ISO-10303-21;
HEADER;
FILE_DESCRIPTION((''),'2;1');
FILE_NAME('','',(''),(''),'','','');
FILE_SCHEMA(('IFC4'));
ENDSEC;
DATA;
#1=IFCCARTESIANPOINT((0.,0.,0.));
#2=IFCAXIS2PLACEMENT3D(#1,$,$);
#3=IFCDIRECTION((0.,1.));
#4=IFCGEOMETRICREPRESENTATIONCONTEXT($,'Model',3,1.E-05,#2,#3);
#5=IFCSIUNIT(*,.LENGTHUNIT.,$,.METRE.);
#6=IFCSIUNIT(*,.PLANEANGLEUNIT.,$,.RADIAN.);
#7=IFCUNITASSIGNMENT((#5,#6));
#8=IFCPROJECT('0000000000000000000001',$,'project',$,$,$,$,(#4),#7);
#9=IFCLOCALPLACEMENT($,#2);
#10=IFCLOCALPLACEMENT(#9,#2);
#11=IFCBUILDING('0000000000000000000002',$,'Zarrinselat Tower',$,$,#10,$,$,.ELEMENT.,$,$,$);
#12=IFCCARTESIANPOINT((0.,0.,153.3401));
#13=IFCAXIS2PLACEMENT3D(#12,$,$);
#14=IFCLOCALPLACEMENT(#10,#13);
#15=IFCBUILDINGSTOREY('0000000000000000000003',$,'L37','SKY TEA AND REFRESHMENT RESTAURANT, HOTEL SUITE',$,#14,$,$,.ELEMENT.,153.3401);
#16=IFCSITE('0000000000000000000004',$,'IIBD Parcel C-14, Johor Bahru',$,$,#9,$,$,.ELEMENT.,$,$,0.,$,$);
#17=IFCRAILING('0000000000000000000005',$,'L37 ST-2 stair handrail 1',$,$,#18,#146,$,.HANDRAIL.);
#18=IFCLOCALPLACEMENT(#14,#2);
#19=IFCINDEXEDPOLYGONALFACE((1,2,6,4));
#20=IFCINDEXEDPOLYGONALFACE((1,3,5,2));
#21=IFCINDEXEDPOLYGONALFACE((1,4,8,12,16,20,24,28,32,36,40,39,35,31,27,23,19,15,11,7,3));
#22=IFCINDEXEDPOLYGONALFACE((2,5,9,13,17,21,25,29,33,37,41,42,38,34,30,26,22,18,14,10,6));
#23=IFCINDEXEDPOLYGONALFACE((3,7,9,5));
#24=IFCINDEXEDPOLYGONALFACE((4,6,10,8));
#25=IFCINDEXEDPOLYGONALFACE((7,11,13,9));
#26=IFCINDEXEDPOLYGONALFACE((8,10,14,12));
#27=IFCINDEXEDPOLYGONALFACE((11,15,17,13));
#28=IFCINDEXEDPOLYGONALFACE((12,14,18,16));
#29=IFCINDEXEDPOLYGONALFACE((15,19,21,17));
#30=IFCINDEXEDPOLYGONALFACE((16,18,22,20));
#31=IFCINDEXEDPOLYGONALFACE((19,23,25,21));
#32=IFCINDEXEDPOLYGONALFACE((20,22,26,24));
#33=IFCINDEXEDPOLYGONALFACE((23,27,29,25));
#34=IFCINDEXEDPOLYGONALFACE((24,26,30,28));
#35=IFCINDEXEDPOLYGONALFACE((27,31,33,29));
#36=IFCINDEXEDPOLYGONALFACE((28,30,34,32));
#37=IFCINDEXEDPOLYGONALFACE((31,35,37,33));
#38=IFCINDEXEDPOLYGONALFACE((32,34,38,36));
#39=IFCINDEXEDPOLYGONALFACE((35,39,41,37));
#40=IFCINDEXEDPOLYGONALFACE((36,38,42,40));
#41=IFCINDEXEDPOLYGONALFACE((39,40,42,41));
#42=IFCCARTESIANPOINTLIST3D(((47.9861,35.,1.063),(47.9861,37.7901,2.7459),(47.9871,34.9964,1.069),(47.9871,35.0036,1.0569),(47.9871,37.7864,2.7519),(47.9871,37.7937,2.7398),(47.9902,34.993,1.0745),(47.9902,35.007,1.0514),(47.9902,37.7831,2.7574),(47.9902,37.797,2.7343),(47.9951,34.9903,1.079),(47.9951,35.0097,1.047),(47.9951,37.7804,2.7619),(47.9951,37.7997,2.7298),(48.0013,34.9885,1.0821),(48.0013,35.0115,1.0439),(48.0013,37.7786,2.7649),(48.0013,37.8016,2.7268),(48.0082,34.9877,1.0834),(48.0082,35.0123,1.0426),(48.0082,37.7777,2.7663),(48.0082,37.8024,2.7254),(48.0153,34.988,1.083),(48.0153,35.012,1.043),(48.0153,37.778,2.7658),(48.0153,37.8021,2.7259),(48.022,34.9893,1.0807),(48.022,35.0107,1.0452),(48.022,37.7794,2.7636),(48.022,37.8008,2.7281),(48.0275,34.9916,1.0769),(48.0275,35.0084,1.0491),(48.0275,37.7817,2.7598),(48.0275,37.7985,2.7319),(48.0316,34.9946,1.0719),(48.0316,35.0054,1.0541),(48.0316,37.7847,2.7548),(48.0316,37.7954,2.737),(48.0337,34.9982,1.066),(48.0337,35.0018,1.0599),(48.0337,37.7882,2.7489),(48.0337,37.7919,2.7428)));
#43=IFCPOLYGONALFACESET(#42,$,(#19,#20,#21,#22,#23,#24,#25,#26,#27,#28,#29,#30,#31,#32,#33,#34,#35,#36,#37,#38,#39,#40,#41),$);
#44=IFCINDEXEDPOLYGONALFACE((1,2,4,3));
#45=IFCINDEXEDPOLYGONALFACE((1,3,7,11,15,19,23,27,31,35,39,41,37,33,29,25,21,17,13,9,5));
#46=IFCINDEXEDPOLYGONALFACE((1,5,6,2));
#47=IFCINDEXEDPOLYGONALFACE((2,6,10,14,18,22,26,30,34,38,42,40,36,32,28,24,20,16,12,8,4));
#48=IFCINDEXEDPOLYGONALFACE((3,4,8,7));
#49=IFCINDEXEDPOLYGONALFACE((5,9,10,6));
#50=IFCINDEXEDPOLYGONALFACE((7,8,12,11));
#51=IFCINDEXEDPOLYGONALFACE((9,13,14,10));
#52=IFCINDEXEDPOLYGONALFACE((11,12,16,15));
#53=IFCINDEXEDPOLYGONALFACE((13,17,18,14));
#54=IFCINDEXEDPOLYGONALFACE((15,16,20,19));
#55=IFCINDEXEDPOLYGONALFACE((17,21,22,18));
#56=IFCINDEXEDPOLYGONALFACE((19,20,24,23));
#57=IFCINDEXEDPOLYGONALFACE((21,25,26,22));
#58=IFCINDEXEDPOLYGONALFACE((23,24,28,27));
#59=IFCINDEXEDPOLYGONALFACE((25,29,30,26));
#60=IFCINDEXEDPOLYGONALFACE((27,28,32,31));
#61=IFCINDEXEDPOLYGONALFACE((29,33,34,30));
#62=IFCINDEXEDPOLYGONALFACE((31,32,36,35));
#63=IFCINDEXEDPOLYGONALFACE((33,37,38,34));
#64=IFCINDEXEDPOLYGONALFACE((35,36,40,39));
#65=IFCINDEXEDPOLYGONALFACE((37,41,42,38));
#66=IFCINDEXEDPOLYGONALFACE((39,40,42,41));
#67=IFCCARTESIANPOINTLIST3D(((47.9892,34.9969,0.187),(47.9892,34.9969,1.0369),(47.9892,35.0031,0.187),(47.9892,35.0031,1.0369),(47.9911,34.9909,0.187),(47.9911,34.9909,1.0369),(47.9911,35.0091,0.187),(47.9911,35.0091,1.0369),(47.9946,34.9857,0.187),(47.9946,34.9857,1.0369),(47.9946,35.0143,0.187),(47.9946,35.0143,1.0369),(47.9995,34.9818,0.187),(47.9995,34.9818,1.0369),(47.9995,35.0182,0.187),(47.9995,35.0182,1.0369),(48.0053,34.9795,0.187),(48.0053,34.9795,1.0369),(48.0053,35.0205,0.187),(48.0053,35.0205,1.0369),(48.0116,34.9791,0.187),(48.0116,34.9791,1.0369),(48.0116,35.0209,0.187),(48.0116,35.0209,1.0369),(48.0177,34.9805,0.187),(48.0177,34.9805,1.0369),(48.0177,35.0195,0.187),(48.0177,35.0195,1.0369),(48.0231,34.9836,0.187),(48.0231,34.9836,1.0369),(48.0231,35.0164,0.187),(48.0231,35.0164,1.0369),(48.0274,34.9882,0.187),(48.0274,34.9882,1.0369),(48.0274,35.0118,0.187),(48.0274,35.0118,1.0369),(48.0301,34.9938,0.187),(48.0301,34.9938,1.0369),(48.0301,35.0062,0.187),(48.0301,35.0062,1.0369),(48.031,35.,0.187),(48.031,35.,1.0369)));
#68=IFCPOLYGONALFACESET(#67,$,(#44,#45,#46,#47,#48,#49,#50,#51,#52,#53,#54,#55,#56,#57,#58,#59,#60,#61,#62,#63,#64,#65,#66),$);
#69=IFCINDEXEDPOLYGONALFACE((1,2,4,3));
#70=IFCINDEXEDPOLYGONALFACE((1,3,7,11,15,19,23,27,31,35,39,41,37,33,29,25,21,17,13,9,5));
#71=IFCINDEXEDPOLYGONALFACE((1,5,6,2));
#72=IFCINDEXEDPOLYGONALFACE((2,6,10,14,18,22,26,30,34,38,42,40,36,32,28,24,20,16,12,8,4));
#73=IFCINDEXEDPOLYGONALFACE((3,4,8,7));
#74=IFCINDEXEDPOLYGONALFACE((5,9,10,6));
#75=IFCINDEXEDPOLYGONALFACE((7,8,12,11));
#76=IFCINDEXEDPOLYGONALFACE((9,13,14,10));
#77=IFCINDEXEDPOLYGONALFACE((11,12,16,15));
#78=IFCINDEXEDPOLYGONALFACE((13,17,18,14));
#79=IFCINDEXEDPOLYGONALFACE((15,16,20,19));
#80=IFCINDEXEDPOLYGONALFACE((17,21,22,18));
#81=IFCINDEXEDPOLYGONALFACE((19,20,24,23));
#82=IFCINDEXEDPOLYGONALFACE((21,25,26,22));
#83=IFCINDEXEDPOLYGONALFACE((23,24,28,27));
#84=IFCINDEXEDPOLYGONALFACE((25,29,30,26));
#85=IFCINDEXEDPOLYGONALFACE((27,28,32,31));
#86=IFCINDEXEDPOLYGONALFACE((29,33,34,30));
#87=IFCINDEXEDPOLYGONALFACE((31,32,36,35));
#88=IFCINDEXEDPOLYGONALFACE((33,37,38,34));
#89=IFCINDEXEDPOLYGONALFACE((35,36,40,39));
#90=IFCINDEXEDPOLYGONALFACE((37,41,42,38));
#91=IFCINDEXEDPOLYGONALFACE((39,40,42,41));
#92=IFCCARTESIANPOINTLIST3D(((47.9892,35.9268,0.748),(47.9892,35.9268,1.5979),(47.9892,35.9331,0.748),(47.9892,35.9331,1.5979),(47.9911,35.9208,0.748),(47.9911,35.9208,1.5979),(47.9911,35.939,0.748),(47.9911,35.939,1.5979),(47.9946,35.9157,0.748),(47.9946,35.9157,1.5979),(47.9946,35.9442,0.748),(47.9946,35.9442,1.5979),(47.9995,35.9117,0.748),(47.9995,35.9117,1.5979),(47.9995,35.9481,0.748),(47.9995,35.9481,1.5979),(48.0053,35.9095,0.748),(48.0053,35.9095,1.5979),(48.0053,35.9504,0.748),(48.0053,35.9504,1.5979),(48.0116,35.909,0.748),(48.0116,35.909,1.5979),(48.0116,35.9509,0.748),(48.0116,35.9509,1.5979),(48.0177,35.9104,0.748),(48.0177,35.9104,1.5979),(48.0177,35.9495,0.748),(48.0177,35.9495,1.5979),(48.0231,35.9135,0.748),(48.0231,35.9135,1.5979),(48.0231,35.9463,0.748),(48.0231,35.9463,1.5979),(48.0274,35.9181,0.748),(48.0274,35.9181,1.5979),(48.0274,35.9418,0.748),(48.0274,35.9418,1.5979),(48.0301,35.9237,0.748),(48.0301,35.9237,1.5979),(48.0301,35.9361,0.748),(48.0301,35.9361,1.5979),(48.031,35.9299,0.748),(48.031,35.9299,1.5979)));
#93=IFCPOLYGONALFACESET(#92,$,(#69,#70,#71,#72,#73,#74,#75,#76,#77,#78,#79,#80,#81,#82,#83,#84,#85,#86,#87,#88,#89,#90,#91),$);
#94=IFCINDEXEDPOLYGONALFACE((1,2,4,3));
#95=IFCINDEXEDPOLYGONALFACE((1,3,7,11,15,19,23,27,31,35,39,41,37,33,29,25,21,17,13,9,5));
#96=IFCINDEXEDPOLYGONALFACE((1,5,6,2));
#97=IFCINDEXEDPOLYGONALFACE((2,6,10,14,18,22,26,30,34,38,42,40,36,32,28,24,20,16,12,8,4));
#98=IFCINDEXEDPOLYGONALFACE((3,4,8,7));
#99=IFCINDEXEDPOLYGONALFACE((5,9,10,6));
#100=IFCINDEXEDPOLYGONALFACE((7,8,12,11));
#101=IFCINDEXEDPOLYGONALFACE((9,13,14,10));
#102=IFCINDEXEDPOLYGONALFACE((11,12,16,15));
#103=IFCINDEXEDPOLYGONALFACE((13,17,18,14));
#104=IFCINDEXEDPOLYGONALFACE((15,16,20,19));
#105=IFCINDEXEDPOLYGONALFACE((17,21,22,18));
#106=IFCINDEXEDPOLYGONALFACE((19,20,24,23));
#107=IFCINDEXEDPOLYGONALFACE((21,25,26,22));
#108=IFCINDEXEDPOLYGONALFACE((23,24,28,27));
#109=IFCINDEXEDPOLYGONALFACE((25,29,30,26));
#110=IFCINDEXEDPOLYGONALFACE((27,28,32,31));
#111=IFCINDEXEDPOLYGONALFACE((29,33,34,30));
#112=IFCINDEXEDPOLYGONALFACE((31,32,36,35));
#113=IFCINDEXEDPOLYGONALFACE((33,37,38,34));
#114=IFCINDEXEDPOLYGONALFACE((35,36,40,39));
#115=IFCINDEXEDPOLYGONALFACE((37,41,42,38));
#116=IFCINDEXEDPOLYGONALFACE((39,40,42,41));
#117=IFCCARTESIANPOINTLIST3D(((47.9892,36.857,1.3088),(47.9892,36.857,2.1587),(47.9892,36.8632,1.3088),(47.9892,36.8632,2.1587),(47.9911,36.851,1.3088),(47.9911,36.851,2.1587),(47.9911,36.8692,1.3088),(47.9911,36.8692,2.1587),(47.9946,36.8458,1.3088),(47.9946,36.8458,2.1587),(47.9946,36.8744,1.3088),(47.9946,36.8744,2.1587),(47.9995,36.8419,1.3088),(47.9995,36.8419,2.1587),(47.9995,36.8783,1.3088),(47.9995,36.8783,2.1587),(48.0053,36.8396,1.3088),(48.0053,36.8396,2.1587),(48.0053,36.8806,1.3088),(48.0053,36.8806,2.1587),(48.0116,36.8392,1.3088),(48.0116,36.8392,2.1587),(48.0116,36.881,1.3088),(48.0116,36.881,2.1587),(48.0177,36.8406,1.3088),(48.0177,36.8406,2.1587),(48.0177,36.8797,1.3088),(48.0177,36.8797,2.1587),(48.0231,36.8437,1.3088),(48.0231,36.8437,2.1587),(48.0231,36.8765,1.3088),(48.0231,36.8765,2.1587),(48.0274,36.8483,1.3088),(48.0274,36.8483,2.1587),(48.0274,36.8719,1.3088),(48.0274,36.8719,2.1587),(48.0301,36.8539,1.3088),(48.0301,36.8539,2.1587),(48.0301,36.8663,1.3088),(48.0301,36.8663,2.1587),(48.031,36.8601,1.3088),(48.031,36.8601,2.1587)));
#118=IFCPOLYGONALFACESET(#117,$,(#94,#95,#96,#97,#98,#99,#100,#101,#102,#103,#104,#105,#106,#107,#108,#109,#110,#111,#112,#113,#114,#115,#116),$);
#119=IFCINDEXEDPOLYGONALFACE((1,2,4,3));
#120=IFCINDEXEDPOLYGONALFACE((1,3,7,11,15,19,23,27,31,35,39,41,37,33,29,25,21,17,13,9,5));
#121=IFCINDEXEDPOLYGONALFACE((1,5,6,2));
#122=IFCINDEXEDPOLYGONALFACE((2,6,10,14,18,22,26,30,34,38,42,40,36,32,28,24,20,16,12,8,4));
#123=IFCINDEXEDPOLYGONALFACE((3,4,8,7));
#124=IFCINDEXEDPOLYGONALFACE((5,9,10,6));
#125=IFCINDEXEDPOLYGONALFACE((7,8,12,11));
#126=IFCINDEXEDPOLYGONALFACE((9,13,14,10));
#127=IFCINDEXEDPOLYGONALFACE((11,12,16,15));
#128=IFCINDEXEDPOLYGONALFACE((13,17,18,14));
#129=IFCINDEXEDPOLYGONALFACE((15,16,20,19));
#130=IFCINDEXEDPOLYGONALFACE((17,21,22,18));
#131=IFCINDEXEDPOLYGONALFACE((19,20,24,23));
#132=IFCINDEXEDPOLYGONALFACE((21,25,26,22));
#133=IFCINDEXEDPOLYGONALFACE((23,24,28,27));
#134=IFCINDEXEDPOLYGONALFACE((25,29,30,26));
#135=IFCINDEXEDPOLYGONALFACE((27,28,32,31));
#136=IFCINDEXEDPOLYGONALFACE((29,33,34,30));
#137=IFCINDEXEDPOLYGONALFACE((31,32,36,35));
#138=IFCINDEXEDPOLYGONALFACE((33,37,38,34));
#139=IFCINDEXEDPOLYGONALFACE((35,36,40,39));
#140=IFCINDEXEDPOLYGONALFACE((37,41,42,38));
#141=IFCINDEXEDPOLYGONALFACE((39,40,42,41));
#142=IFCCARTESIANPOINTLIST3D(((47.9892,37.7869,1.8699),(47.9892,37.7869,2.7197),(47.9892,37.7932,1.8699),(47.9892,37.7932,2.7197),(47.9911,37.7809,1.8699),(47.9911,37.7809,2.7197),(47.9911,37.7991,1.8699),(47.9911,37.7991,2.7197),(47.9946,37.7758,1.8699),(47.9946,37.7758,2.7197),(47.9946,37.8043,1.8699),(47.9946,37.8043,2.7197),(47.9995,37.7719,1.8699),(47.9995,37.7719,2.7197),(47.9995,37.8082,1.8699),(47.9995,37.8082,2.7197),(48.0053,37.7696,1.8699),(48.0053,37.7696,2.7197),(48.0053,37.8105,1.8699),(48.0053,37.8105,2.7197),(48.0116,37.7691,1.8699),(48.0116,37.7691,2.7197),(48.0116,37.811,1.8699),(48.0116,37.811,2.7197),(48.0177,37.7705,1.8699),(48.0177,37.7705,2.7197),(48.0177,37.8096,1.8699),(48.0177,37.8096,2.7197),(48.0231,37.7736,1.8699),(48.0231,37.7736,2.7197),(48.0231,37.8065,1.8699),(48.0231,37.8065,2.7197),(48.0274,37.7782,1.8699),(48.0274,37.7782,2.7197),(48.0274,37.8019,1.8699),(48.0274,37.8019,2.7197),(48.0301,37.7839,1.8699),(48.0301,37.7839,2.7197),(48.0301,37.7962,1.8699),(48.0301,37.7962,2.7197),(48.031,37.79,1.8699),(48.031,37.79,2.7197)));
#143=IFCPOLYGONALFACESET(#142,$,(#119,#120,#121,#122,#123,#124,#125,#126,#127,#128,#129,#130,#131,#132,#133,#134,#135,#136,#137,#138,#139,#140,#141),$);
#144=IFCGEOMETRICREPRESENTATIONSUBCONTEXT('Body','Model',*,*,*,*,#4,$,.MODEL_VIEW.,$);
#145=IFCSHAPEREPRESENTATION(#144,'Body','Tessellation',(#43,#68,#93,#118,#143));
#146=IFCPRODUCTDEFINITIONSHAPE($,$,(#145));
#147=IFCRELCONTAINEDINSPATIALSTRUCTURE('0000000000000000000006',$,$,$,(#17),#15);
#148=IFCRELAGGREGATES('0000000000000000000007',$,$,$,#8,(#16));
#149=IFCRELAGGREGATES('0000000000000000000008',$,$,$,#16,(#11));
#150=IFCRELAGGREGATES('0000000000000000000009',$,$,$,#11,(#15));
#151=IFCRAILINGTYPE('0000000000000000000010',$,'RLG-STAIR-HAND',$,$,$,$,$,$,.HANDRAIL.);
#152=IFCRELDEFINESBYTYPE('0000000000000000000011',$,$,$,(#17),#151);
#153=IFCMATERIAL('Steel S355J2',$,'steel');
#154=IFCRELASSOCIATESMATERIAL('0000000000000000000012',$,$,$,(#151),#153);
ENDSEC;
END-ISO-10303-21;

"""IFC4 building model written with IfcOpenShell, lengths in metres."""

from ifc_helpers import new_model, si_unit, direction, frame, origin, origin_2d, place, context, subcontext, project, spatial, circle, extrude, material, type_object, element, save


model = new_model("IFC4")

# Units and contexts
model_context = context("Model", 3, precision=1e-05, world=origin(), true_north=direction((0.0, 1.0)))
body_context = subcontext(model_context, "Body", "Model", "MODEL_VIEW")
ifc_project = project(units=[si_unit("LENGTHUNIT", "METRE"), si_unit("PLANEANGLEUNIT", "RADIAN")], contexts=[model_context])

# Site, building, storey
site_placement = place(None, origin())
site = spatial("IfcSite", under=ifc_project, at=site_placement, Name="IIBD Parcel C-14, Johor Bahru", CompositionType="ELEMENT", RefElevation=0.0)
building_placement = place(site_placement, origin())
building = spatial("IfcBuilding", under=site, at=building_placement, Name="Zarrinselat Tower", CompositionType="ELEMENT")
storey_placement = place(building_placement, frame((0.0, 0.0, 153.3401)))
storey = spatial("IfcBuildingStorey", under=building, at=storey_placement, Name="L37", Description="SKY TEA AND REFRESHMENT RESTAURANT, HOTEL SUITE", CompositionType="ELEMENT", Elevation=153.3401)

# Railing
ifc_material_1 = material(Name="Steel S355J2", Category="steel")
railing_type_1 = type_object("IfcRailingType", Name="RLG-STAIR-HAND", PredefinedType="HANDRAIL", material=ifc_material_1)
railing_1_placement = place(storey_placement, frame((48.01, 35.0, 0.187)))
element("IfcRailing", 1, at=railing_1_placement, inside=storey, type_object=railing_type_1, Name="L37 ST-2 stair handrail 1", PredefinedType="HANDRAIL", context=body_context, shape_type="SweptSolid", body=[
    extrude(circle(Radius=0.0239, at=origin_2d()), frame((0.0, 0.0, 0.876), z_axis=(0.0, 0.856294, 0.516489), x_axis=(-1.0, 0.0, 0.0)), (0.0, 0.0, 1.0), 3.2583),
    extrude(circle(Radius=0.021, at=origin_2d()), origin(), (0.0, 0.0, 1.0), 0.8499),
    extrude(circle(Radius=0.021, at=origin_2d()), frame((0.0, 0.9299, 0.561)), (0.0, 0.0, 1.0), 0.8499),
    extrude(circle(Radius=0.021, at=origin_2d()), frame((0.0, 1.8601, 1.1218)), (0.0, 0.0, 1.0), 0.8499),
    extrude(circle(Radius=0.021, at=origin_2d()), frame((0.0, 2.79, 1.6829)), (0.0, 0.0, 1.0), 0.8499),
])

save(model, "model.ifc")
